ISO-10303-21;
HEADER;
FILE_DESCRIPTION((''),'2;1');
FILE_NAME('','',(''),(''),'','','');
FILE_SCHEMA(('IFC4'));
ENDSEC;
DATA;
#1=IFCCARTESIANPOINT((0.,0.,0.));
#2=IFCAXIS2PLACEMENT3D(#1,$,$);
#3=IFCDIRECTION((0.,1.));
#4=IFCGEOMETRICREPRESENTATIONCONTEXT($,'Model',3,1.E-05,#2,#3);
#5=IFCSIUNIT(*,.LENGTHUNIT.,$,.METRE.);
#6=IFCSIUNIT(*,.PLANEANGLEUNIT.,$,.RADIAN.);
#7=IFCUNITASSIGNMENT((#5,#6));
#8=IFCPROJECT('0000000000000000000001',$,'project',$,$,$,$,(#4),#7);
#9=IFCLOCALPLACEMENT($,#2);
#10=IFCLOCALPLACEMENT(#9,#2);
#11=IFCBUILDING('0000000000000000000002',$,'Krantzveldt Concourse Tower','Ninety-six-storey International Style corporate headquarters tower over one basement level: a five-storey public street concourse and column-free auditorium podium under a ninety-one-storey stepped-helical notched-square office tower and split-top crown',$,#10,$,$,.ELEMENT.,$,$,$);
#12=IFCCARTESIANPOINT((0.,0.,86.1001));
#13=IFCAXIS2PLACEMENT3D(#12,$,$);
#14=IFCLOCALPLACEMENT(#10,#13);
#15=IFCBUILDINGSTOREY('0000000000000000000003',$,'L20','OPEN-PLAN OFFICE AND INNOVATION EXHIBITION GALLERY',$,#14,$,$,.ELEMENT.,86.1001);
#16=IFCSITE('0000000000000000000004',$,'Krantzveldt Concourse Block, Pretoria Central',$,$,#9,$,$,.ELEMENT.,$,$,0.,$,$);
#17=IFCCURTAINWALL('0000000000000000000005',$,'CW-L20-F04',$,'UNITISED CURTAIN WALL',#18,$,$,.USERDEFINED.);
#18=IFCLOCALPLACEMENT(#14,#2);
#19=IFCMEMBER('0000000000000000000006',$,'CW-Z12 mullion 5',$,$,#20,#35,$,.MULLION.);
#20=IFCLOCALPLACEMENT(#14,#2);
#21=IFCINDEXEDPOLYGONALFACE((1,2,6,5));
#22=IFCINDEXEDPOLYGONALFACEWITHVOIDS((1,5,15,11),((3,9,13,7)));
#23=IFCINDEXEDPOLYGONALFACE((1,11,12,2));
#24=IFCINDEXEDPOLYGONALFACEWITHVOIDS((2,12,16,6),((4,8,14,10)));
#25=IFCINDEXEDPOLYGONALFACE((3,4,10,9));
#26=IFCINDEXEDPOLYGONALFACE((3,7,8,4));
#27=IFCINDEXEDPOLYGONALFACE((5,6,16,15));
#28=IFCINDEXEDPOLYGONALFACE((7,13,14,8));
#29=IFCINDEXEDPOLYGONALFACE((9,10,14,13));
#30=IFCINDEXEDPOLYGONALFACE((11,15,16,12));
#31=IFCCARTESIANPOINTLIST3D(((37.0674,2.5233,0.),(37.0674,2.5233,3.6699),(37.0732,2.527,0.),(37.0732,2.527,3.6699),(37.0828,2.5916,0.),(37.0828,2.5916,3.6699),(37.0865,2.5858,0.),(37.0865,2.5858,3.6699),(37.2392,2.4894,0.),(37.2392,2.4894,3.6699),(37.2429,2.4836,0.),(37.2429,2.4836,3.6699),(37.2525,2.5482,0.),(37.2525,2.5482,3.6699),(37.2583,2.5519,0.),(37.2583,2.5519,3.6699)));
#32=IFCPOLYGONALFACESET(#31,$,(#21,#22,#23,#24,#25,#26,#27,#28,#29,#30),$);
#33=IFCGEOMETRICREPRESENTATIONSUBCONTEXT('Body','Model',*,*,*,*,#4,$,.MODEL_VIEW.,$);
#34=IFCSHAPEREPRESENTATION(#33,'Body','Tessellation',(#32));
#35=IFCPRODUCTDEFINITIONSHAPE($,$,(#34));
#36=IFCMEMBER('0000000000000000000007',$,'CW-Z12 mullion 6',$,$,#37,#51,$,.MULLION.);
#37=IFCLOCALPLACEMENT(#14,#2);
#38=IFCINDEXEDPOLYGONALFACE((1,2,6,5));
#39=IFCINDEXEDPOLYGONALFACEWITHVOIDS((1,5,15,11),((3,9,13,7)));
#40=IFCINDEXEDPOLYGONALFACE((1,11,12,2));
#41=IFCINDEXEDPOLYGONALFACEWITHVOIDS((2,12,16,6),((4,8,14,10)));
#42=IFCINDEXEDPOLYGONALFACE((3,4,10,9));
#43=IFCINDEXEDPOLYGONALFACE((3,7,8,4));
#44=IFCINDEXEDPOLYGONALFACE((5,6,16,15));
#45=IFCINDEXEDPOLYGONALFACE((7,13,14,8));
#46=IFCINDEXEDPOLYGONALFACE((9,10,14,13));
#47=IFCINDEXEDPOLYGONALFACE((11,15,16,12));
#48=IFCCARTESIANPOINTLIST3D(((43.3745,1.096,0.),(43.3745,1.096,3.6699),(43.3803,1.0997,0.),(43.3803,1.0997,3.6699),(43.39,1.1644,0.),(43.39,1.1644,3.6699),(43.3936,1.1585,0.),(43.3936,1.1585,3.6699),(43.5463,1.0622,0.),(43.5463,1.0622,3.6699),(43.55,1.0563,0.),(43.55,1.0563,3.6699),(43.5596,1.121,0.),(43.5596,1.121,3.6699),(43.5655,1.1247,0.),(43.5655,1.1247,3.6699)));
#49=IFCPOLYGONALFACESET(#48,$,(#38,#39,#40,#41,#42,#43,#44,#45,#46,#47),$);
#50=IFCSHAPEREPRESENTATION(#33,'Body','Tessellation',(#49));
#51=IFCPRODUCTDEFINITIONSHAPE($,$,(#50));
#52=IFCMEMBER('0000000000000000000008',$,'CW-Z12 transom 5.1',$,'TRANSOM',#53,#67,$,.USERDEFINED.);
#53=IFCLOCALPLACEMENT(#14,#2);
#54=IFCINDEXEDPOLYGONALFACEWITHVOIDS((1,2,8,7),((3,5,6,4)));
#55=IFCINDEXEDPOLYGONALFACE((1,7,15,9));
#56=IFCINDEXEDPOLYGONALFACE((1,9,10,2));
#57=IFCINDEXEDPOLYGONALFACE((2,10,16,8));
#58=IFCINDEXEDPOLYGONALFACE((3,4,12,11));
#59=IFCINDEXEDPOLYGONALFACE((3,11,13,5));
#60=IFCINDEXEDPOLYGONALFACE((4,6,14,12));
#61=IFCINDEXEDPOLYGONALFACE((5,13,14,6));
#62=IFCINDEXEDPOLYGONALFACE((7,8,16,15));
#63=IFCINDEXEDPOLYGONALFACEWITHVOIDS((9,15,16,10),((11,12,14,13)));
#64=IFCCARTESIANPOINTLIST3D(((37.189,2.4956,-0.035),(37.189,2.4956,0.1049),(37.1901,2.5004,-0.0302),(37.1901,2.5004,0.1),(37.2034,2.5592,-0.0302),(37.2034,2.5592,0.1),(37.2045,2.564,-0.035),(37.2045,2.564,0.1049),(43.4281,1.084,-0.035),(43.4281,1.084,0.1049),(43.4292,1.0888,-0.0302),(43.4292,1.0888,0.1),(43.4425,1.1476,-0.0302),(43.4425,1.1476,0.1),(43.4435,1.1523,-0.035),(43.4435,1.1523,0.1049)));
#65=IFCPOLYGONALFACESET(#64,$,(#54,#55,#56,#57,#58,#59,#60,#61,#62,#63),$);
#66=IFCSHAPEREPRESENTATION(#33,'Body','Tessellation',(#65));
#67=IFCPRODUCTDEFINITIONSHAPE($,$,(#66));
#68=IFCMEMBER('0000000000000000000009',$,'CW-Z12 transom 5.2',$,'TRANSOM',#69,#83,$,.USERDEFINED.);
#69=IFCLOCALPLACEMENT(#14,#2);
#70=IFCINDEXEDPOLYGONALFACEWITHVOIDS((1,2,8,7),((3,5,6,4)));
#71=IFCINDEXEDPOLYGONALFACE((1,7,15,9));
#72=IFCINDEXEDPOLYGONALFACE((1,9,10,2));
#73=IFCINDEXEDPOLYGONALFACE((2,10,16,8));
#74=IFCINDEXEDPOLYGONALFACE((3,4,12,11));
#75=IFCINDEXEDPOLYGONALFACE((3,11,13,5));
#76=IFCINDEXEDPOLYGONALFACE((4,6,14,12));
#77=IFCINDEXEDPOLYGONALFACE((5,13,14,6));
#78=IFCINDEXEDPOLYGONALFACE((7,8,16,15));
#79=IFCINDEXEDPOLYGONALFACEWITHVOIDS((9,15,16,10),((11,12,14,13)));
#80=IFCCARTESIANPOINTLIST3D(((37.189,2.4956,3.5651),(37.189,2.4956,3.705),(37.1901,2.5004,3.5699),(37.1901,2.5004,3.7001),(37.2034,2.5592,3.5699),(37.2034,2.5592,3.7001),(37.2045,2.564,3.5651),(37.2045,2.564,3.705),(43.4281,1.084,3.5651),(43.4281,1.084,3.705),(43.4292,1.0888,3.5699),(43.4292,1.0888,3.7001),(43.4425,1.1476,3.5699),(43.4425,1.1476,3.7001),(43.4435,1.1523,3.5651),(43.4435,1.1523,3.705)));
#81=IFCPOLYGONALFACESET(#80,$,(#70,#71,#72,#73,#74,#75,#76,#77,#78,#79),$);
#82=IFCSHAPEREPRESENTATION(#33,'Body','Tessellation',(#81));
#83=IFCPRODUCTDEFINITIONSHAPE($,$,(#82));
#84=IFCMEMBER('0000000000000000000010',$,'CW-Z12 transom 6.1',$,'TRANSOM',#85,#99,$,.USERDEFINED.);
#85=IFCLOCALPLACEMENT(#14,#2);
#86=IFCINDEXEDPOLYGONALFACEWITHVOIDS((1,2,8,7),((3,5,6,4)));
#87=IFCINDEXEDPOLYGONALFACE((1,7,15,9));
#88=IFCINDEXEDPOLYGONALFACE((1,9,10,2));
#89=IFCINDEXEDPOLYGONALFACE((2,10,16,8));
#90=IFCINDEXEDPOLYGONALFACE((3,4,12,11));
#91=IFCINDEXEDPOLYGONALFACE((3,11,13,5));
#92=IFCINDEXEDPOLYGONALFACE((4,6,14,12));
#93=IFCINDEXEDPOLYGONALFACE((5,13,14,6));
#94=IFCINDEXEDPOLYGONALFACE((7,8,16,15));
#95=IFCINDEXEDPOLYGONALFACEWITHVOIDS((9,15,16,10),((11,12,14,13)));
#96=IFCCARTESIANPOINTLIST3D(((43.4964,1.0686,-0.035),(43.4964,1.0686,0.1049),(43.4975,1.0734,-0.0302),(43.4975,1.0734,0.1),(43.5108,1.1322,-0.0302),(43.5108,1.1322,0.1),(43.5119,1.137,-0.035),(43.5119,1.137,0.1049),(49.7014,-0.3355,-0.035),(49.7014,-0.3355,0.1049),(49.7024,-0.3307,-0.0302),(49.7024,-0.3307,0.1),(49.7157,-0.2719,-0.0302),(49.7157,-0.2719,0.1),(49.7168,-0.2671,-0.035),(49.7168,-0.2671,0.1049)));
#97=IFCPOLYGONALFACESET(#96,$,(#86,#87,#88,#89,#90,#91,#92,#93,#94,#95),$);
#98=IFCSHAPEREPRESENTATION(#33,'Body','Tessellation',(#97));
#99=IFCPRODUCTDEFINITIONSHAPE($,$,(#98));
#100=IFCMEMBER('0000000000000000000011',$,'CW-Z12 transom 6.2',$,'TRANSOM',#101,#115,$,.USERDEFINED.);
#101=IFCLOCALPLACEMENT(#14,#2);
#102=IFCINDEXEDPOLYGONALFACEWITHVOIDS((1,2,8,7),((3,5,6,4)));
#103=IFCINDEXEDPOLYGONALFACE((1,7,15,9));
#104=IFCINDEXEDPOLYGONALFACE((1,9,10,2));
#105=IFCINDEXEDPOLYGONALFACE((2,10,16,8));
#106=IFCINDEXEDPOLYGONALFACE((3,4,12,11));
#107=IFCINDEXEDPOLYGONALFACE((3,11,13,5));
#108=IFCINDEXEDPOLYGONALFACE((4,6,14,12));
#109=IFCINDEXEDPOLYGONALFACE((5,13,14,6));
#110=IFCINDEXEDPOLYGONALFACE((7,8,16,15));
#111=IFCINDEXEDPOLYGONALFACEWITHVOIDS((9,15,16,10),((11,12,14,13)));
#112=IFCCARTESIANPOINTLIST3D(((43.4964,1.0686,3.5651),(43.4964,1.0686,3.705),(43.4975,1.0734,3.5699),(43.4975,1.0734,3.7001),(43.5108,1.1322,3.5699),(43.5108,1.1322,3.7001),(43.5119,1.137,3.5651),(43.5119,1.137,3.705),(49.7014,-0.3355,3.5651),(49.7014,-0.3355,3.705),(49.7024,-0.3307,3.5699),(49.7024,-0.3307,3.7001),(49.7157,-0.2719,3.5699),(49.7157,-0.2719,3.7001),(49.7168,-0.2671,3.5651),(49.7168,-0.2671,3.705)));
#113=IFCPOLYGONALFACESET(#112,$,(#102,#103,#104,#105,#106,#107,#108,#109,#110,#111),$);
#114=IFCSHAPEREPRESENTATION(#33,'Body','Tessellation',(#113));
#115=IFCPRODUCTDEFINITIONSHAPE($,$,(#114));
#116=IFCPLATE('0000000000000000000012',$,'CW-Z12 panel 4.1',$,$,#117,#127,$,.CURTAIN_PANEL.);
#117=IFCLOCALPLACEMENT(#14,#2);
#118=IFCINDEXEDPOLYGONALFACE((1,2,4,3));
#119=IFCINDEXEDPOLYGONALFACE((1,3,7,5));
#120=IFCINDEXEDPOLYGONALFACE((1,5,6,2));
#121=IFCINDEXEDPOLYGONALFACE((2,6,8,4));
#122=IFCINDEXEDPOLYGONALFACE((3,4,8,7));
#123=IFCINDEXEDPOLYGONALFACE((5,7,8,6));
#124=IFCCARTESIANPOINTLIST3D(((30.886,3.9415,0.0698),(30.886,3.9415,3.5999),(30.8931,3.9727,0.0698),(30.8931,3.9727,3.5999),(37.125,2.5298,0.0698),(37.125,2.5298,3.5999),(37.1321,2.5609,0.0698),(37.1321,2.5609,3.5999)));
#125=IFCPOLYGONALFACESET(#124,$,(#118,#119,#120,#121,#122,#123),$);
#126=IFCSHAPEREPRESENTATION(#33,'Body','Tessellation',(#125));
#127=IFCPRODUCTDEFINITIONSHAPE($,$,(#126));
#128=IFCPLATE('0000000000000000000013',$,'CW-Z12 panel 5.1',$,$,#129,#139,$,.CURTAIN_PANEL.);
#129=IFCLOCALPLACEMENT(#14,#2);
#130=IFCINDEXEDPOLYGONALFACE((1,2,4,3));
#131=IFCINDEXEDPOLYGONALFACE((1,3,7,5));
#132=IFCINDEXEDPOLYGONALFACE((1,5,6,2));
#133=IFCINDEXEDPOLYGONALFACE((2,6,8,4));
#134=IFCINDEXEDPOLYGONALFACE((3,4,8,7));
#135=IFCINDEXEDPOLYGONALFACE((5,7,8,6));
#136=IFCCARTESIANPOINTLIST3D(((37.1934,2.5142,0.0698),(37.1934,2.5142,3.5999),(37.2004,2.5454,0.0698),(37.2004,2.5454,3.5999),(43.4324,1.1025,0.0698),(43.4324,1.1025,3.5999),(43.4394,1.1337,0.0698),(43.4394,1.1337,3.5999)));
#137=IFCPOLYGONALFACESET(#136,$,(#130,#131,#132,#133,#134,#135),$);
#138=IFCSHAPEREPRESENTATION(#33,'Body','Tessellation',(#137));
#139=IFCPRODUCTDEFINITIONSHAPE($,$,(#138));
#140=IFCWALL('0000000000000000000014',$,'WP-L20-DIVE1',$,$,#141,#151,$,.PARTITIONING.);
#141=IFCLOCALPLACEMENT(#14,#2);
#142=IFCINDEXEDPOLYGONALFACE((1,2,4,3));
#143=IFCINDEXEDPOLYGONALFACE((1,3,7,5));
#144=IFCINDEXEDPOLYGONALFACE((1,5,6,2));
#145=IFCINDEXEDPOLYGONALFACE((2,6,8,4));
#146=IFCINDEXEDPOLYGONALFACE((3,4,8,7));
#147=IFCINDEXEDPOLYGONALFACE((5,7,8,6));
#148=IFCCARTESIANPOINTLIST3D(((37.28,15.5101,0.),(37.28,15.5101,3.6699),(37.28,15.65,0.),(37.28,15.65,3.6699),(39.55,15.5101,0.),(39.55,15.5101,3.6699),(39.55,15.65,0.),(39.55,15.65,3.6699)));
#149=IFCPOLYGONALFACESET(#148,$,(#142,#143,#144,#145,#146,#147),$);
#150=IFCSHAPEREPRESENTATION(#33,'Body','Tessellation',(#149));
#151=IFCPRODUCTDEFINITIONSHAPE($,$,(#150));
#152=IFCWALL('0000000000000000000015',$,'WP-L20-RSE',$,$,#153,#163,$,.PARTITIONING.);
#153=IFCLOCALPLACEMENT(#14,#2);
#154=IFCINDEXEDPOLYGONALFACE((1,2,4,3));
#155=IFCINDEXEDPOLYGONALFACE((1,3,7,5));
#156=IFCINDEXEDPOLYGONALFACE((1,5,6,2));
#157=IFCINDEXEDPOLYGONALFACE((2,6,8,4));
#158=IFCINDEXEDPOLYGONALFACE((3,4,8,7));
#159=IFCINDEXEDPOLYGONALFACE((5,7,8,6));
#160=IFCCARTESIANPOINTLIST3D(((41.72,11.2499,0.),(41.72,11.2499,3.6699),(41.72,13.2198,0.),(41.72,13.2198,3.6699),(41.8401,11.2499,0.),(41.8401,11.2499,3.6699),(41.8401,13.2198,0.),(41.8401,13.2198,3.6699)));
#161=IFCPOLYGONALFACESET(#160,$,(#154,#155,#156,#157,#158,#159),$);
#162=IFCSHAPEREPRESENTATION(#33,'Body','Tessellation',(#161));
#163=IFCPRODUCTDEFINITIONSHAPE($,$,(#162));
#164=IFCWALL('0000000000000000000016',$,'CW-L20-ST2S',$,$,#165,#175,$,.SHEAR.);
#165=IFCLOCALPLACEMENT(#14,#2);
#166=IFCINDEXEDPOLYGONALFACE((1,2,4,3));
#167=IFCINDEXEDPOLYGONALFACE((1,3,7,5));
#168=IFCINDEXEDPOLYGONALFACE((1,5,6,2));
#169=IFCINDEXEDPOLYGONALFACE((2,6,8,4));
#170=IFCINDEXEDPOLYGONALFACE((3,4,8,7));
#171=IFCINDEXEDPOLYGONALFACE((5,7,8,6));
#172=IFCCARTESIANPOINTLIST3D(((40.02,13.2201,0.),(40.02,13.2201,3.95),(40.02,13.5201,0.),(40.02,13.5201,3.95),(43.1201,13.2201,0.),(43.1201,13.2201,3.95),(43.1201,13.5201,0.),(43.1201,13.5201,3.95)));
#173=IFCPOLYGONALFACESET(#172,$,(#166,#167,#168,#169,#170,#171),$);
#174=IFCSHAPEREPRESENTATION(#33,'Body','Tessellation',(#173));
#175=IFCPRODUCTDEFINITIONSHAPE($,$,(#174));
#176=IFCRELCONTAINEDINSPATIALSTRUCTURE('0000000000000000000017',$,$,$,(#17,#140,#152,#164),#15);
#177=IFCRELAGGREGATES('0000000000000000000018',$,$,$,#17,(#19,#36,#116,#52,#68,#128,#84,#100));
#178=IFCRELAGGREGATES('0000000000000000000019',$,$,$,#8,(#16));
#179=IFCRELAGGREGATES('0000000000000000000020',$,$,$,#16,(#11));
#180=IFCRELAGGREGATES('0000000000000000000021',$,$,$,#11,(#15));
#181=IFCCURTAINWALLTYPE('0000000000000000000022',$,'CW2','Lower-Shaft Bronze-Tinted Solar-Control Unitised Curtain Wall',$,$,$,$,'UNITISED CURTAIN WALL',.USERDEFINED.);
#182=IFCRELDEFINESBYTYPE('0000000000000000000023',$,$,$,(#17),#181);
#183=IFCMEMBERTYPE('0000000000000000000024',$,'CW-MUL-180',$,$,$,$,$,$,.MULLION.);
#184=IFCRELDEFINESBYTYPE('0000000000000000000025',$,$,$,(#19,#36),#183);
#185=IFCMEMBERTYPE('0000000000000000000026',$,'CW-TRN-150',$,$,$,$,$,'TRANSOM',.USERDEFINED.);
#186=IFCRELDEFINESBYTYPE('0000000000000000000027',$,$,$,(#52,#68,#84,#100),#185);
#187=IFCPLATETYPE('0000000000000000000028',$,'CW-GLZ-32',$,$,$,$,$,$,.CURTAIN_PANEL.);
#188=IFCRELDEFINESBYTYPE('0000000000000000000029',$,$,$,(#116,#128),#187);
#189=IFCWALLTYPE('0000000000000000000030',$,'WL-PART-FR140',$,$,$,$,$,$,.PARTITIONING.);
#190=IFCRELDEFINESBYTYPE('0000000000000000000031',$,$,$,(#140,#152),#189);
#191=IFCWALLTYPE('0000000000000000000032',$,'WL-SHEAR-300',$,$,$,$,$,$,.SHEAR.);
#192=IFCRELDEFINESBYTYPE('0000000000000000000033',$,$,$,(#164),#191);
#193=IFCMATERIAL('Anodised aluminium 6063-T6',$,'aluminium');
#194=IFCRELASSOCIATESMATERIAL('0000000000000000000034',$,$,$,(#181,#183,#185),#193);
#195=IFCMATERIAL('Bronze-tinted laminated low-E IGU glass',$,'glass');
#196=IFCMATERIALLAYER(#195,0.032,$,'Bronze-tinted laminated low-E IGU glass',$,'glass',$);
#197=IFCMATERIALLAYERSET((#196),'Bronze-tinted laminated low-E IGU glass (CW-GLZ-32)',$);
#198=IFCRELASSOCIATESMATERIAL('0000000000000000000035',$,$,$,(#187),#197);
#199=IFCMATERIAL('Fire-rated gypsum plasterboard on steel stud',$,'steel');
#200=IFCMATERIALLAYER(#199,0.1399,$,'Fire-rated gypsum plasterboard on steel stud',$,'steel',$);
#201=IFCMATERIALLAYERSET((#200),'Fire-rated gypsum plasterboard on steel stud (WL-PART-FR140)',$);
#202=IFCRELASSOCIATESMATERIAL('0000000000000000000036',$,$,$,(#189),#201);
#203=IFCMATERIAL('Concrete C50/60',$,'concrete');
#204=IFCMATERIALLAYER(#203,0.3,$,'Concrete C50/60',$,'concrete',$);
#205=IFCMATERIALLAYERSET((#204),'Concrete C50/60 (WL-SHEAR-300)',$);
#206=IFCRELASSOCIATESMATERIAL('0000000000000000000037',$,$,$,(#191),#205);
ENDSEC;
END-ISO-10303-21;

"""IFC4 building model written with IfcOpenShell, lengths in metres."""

from ifc_helpers import new_model, si_unit, direction, frame, frame_2d, origin, origin_2d, place, context, subcontext, project, spatial, rectangle, hollow_rectangle, extrude, source, transform, mapped, material, layer, layer_set, material_profile, profile_set, type_object, type_shapes, element, aggregate, save


model = new_model("IFC4")

# Units and contexts
model_context = context("Model", 3, precision=1e-05, world=origin(), true_north=direction((0.0, 1.0)))
body_context = subcontext(model_context, "Body", "Model", "MODEL_VIEW")
ifc_project = project(units=[si_unit("LENGTHUNIT", "METRE"), si_unit("PLANEANGLEUNIT", "RADIAN")], contexts=[model_context])

# Site, building, storey
site_placement = place(None, origin())
site = spatial("IfcSite", under=ifc_project, at=site_placement, Name="Krantzveldt Concourse Block, Pretoria Central", CompositionType="ELEMENT", RefElevation=0.0)
building_placement = place(site_placement, origin())
building = spatial("IfcBuilding", under=site, at=building_placement, Name="Krantzveldt Concourse Tower", Description="Ninety-six-storey International Style corporate headquarters tower over one basement level: a five-storey public street concourse and column-free auditorium podium under a ninety-one-storey stepped-helical notched-square office tower and split-top crown", CompositionType="ELEMENT")
storey_placement = place(building_placement, frame((0.0, 0.0, 86.1001)))
storey = spatial("IfcBuildingStorey", under=building, at=storey_placement, Name="L20", Description="OPEN-PLAN OFFICE AND INNOVATION EXHIBITION GALLERY", CompositionType="ELEMENT", Elevation=86.1001)

# Curtain wall, members, plates
ifc_material_1 = material(Name="Anodised aluminium 6063-T6", Category="aluminium")
curtain_wall_type = type_object("IfcCurtainWallType", Name="CW2", Description="Lower-Shaft Bronze-Tinted Solar-Control Unitised Curtain Wall", ElementType="UNITISED CURTAIN WALL", PredefinedType="USERDEFINED", material=ifc_material_1)
curtain_wall_placement = place(storey_placement, origin())
curtain_wall = element("IfcCurtainWall", 1, at=curtain_wall_placement, inside=storey, type_object=curtain_wall_type, Name="CW-L20-F04", ObjectType="UNITISED CURTAIN WALL", PredefinedType="USERDEFINED")
ifc_material_profile_1 = material_profile(ifc_material_1, hollow_rectangle(XDim=0.0701, YDim=0.1799, WallThickness=0.0049, at=origin_2d()), Name="Anodised aluminium 6063-T6", Category="aluminium")
ifc_profile_set_1 = profile_set([ifc_material_profile_1], Name="Anodised aluminium 6063-T6 - ALU-MULL 180x70x5")
member_type_1 = type_object("IfcMemberType", Name="CW-MUL-180", PredefinedType="MULLION", material=ifc_profile_set_1)
shared_shape_1 = source(origin(), body_context, "Body", "SweptSolid", [
    extrude(hollow_rectangle(XDim=0.0701, YDim=0.1799, WallThickness=0.0049, at=origin_2d()), origin(), (0.0, 0.0, 1.0), 3.6699),
])
type_shapes(member_type_1, [shared_shape_1])
member_1_placement = place(storey_placement, frame((37.1628, 2.5376, 0.0), z_axis=(0.0, 0.0, 1.0), x_axis=(0.220697, 0.975342, 0.0)))
member_1 = element("IfcMember", 2, at=member_1_placement, type_object=member_type_1, Name="CW-Z12 mullion 5", PredefinedType="MULLION", context=body_context, shape_type="MappedRepresentation", body=[
    mapped(shared_shape_1, transform((0.0, 0.0, 0.0), x_axis=(1.0, 0.0, 0.0), y_axis=(0.0, 1.0, 0.0), z_axis=(0.0, 0.0, 1.0), scale=1.0)),
])
member_2_placement = place(storey_placement, frame((43.47, 1.1104, 0.0), z_axis=(0.0, 0.0, 1.0), x_axis=(0.220697, 0.975342, 0.0)))
member_2 = element("IfcMember", 3, at=member_2_placement, type_object=member_type_1, Name="CW-Z12 mullion 6", PredefinedType="MULLION", context=body_context, shape_type="MappedRepresentation", body=[
    mapped(shared_shape_1, transform((0.0, 0.0, 0.0), x_axis=(1.0, 0.0, 0.0), y_axis=(0.0, 1.0, 0.0), z_axis=(0.0, 0.0, 1.0), scale=1.0)),
])
ifc_material_profile_2 = material_profile(ifc_material_1, hollow_rectangle(XDim=0.0701, YDim=0.1399, WallThickness=0.0049, at=origin_2d()), Name="Anodised aluminium 6063-T6", Category="aluminium")
ifc_profile_set_2 = profile_set([ifc_material_profile_2], Name="Anodised aluminium 6063-T6 - ALU-TRAN 140x70x5")
member_type_2 = type_object("IfcMemberType", Name="CW-TRN-150", ElementType="TRANSOM", PredefinedType="USERDEFINED", material=ifc_profile_set_2)
shared_shape_2 = source(origin(), body_context, "Body", "SweptSolid", [
    extrude(hollow_rectangle(XDim=0.0701, YDim=0.1399, WallThickness=0.0049, at=origin_2d()), origin(), (0.0, 0.0, 1.0), 6.3967),
])
member_3_placement = place(storey_placement, frame((37.1968, 2.5298, 0.0349), z_axis=(0.975346, -0.220679, 0.0), x_axis=(0.220679, 0.975346, 0.0)))
member_3 = element("IfcMember", 4, at=member_3_placement, type_object=member_type_2, Name="CW-Z12 transom 5.1", ObjectType="TRANSOM", PredefinedType="USERDEFINED", context=body_context, shape_type="MappedRepresentation", body=[
    mapped(shared_shape_2, transform((0.0, 0.0, 0.0), x_axis=(1.0, 0.0, 0.0), y_axis=(0.0, 1.0, 0.0), z_axis=(0.0, 0.0, 1.0), scale=1.0)),
])
member_4_placement = place(storey_placement, frame((37.1968, 2.5298, 3.635), z_axis=(0.975346, -0.220679, 0.0), x_axis=(0.220679, 0.975346, 0.0)))
member_4 = element("IfcMember", 5, at=member_4_placement, type_object=member_type_2, Name="CW-Z12 transom 5.2", ObjectType="TRANSOM", PredefinedType="USERDEFINED", context=body_context, shape_type="MappedRepresentation", body=[
    mapped(shared_shape_2, transform((0.0, 0.0, 0.0), x_axis=(1.0, 0.0, 0.0), y_axis=(0.0, 1.0, 0.0), z_axis=(0.0, 0.0, 1.0), scale=1.0)),
])
shared_shape_3 = source(origin(), body_context, "Body", "SweptSolid", [
    extrude(hollow_rectangle(XDim=0.0701, YDim=0.1399, WallThickness=0.0049, at=origin_2d()), origin(), (0.0, 0.0, 1.0), 6.3618),
])
type_shapes(member_type_2, [shared_shape_2, shared_shape_3])
member_5_placement = place(storey_placement, frame((43.5042, 1.1028, 0.0349), z_axis=(0.975341, -0.220704, 0.0), x_axis=(0.220704, 0.975341, 0.0)))
member_5 = element("IfcMember", 6, at=member_5_placement, type_object=member_type_2, Name="CW-Z12 transom 6.1", ObjectType="TRANSOM", PredefinedType="USERDEFINED", context=body_context, shape_type="MappedRepresentation", body=[
    mapped(shared_shape_3, transform((0.0, 0.0, 0.0), x_axis=(1.0, 0.0, 0.0), y_axis=(0.0, 1.0, 0.0), z_axis=(0.0, 0.0, 1.0), scale=1.0)),
])
member_6_placement = place(storey_placement, frame((43.5042, 1.1028, 3.635), z_axis=(0.975341, -0.220704, 0.0), x_axis=(0.220704, 0.975341, 0.0)))
member_6 = element("IfcMember", 7, at=member_6_placement, type_object=member_type_2, Name="CW-Z12 transom 6.2", ObjectType="TRANSOM", PredefinedType="USERDEFINED", context=body_context, shape_type="MappedRepresentation", body=[
    mapped(shared_shape_3, transform((0.0, 0.0, 0.0), x_axis=(1.0, 0.0, 0.0), y_axis=(0.0, 1.0, 0.0), z_axis=(0.0, 0.0, 1.0), scale=1.0)),
])
ifc_material_2 = material(Name="Bronze-tinted laminated low-E IGU glass", Category="glass")
ifc_layer_1 = layer(ifc_material_2, 0.032, Name="Bronze-tinted laminated low-E IGU glass", Category="glass")
ifc_layer_set_1 = layer_set([ifc_layer_1], Name="Bronze-tinted laminated low-E IGU glass (CW-GLZ-32)")
plate_type = type_object("IfcPlateType", Name="CW-GLZ-32", PredefinedType="CURTAIN_PANEL", material=ifc_layer_set_1)
shared_shape_4 = source(origin(), body_context, "Body", "SweptSolid", [
    extrude(rectangle(XDim=6.3967, YDim=0.032, at=origin_2d()), origin(), (0.0, 0.0, 1.0), 3.53),
])
type_shapes(plate_type, [shared_shape_4])
plate_1_placement = place(storey_placement, frame((34.009, 3.2512, 0.0698), z_axis=(0.0, 0.0, 1.0), x_axis=(0.975342, -0.220697, 0.0)))
plate_1 = element("IfcPlate", 8, at=plate_1_placement, type_object=plate_type, Name="CW-Z12 panel 4.1", PredefinedType="CURTAIN_PANEL", context=body_context, shape_type="MappedRepresentation", body=[
    mapped(shared_shape_4, transform((0.0, 0.0, 0.0), x_axis=(1.0, 0.0, 0.0), y_axis=(0.0, 1.0, 0.0), z_axis=(0.0, 0.0, 1.0), scale=1.0)),
])
plate_2_placement = place(storey_placement, frame((40.3164, 1.824, 0.0698), z_axis=(0.0, 0.0, 1.0), x_axis=(0.975342, -0.220697, 0.0)))
plate_2 = element("IfcPlate", 9, at=plate_2_placement, type_object=plate_type, Name="CW-Z12 panel 5.1", PredefinedType="CURTAIN_PANEL", context=body_context, shape_type="MappedRepresentation", body=[
    mapped(shared_shape_4, transform((0.0, 0.0, 0.0), x_axis=(1.0, 0.0, 0.0), y_axis=(0.0, 1.0, 0.0), z_axis=(0.0, 0.0, 1.0), scale=1.0)),
])
aggregate(curtain_wall, [member_1, member_2, plate_1, member_3, member_4, plate_2, member_5, member_6])

# Shared definitions
ifc_material_3 = material(Name="Fire-rated gypsum plasterboard on steel stud", Category="steel")
ifc_layer_2 = layer(ifc_material_3, 0.1399, Name="Fire-rated gypsum plasterboard on steel stud", Category="steel")
ifc_layer_set_2 = layer_set([ifc_layer_2], Name="Fire-rated gypsum plasterboard on steel stud (WL-PART-FR140)")
wall_type_1 = type_object("IfcWallType", Name="WL-PART-FR140", PredefinedType="PARTITIONING", material=ifc_layer_set_2)

# Walls
wall_1_placement = place(storey_placement, frame((37.28, 15.5801, 0.0), z_axis=(0.0, 0.0, 1.0), x_axis=(1.0, 0.0, 0.0)))
element("IfcWall", 10, at=wall_1_placement, inside=storey, type_object=wall_type_1, Name="WP-L20-DIVE1", PredefinedType="PARTITIONING", context=body_context, shape_type="SweptSolid", body=[
    extrude(rectangle(XDim=2.27, YDim=0.1399, at=frame_2d((1.135, 0.0))), origin(), (0.0, 0.0, 1.0), 3.6699),
])
wall_2_placement = place(storey_placement, frame((41.78, 11.25, 0.0), z_axis=(0.0, 0.0, 1.0), x_axis=(0.0, 1.0, 0.0)))
element("IfcWall", 11, at=wall_2_placement, inside=storey, type_object=wall_type_1, Name="WP-L20-RSE", PredefinedType="PARTITIONING", context=body_context, shape_type="SweptSolid", body=[
    extrude(rectangle(XDim=1.97, YDim=0.1201, at=frame_2d((0.9849, 0.0))), origin(), (0.0, 0.0, 1.0), 3.6699),
])
ifc_material_4 = material(Name="Concrete C50/60", Category="concrete")
ifc_layer_3 = layer(ifc_material_4, 0.3, Name="Concrete C50/60", Category="concrete")
ifc_layer_set_3 = layer_set([ifc_layer_3], Name="Concrete C50/60 (WL-SHEAR-300)")
wall_type_2 = type_object("IfcWallType", Name="WL-SHEAR-300", PredefinedType="SHEAR", material=ifc_layer_set_3)
wall_3_placement = place(storey_placement, frame((40.02, 13.3701, 0.0), z_axis=(0.0, 0.0, 1.0), x_axis=(1.0, 0.0, 0.0)))
element("IfcWall", 12, at=wall_3_placement, inside=storey, type_object=wall_type_2, Name="CW-L20-ST2S", PredefinedType="SHEAR", context=body_context, shape_type="SweptSolid", body=[
    extrude(rectangle(XDim=3.1001, YDim=0.3, at=frame_2d((1.55, 0.0))), origin(), (0.0, 0.0, 1.0), 3.95),
])

save(model, "model.ifc")
